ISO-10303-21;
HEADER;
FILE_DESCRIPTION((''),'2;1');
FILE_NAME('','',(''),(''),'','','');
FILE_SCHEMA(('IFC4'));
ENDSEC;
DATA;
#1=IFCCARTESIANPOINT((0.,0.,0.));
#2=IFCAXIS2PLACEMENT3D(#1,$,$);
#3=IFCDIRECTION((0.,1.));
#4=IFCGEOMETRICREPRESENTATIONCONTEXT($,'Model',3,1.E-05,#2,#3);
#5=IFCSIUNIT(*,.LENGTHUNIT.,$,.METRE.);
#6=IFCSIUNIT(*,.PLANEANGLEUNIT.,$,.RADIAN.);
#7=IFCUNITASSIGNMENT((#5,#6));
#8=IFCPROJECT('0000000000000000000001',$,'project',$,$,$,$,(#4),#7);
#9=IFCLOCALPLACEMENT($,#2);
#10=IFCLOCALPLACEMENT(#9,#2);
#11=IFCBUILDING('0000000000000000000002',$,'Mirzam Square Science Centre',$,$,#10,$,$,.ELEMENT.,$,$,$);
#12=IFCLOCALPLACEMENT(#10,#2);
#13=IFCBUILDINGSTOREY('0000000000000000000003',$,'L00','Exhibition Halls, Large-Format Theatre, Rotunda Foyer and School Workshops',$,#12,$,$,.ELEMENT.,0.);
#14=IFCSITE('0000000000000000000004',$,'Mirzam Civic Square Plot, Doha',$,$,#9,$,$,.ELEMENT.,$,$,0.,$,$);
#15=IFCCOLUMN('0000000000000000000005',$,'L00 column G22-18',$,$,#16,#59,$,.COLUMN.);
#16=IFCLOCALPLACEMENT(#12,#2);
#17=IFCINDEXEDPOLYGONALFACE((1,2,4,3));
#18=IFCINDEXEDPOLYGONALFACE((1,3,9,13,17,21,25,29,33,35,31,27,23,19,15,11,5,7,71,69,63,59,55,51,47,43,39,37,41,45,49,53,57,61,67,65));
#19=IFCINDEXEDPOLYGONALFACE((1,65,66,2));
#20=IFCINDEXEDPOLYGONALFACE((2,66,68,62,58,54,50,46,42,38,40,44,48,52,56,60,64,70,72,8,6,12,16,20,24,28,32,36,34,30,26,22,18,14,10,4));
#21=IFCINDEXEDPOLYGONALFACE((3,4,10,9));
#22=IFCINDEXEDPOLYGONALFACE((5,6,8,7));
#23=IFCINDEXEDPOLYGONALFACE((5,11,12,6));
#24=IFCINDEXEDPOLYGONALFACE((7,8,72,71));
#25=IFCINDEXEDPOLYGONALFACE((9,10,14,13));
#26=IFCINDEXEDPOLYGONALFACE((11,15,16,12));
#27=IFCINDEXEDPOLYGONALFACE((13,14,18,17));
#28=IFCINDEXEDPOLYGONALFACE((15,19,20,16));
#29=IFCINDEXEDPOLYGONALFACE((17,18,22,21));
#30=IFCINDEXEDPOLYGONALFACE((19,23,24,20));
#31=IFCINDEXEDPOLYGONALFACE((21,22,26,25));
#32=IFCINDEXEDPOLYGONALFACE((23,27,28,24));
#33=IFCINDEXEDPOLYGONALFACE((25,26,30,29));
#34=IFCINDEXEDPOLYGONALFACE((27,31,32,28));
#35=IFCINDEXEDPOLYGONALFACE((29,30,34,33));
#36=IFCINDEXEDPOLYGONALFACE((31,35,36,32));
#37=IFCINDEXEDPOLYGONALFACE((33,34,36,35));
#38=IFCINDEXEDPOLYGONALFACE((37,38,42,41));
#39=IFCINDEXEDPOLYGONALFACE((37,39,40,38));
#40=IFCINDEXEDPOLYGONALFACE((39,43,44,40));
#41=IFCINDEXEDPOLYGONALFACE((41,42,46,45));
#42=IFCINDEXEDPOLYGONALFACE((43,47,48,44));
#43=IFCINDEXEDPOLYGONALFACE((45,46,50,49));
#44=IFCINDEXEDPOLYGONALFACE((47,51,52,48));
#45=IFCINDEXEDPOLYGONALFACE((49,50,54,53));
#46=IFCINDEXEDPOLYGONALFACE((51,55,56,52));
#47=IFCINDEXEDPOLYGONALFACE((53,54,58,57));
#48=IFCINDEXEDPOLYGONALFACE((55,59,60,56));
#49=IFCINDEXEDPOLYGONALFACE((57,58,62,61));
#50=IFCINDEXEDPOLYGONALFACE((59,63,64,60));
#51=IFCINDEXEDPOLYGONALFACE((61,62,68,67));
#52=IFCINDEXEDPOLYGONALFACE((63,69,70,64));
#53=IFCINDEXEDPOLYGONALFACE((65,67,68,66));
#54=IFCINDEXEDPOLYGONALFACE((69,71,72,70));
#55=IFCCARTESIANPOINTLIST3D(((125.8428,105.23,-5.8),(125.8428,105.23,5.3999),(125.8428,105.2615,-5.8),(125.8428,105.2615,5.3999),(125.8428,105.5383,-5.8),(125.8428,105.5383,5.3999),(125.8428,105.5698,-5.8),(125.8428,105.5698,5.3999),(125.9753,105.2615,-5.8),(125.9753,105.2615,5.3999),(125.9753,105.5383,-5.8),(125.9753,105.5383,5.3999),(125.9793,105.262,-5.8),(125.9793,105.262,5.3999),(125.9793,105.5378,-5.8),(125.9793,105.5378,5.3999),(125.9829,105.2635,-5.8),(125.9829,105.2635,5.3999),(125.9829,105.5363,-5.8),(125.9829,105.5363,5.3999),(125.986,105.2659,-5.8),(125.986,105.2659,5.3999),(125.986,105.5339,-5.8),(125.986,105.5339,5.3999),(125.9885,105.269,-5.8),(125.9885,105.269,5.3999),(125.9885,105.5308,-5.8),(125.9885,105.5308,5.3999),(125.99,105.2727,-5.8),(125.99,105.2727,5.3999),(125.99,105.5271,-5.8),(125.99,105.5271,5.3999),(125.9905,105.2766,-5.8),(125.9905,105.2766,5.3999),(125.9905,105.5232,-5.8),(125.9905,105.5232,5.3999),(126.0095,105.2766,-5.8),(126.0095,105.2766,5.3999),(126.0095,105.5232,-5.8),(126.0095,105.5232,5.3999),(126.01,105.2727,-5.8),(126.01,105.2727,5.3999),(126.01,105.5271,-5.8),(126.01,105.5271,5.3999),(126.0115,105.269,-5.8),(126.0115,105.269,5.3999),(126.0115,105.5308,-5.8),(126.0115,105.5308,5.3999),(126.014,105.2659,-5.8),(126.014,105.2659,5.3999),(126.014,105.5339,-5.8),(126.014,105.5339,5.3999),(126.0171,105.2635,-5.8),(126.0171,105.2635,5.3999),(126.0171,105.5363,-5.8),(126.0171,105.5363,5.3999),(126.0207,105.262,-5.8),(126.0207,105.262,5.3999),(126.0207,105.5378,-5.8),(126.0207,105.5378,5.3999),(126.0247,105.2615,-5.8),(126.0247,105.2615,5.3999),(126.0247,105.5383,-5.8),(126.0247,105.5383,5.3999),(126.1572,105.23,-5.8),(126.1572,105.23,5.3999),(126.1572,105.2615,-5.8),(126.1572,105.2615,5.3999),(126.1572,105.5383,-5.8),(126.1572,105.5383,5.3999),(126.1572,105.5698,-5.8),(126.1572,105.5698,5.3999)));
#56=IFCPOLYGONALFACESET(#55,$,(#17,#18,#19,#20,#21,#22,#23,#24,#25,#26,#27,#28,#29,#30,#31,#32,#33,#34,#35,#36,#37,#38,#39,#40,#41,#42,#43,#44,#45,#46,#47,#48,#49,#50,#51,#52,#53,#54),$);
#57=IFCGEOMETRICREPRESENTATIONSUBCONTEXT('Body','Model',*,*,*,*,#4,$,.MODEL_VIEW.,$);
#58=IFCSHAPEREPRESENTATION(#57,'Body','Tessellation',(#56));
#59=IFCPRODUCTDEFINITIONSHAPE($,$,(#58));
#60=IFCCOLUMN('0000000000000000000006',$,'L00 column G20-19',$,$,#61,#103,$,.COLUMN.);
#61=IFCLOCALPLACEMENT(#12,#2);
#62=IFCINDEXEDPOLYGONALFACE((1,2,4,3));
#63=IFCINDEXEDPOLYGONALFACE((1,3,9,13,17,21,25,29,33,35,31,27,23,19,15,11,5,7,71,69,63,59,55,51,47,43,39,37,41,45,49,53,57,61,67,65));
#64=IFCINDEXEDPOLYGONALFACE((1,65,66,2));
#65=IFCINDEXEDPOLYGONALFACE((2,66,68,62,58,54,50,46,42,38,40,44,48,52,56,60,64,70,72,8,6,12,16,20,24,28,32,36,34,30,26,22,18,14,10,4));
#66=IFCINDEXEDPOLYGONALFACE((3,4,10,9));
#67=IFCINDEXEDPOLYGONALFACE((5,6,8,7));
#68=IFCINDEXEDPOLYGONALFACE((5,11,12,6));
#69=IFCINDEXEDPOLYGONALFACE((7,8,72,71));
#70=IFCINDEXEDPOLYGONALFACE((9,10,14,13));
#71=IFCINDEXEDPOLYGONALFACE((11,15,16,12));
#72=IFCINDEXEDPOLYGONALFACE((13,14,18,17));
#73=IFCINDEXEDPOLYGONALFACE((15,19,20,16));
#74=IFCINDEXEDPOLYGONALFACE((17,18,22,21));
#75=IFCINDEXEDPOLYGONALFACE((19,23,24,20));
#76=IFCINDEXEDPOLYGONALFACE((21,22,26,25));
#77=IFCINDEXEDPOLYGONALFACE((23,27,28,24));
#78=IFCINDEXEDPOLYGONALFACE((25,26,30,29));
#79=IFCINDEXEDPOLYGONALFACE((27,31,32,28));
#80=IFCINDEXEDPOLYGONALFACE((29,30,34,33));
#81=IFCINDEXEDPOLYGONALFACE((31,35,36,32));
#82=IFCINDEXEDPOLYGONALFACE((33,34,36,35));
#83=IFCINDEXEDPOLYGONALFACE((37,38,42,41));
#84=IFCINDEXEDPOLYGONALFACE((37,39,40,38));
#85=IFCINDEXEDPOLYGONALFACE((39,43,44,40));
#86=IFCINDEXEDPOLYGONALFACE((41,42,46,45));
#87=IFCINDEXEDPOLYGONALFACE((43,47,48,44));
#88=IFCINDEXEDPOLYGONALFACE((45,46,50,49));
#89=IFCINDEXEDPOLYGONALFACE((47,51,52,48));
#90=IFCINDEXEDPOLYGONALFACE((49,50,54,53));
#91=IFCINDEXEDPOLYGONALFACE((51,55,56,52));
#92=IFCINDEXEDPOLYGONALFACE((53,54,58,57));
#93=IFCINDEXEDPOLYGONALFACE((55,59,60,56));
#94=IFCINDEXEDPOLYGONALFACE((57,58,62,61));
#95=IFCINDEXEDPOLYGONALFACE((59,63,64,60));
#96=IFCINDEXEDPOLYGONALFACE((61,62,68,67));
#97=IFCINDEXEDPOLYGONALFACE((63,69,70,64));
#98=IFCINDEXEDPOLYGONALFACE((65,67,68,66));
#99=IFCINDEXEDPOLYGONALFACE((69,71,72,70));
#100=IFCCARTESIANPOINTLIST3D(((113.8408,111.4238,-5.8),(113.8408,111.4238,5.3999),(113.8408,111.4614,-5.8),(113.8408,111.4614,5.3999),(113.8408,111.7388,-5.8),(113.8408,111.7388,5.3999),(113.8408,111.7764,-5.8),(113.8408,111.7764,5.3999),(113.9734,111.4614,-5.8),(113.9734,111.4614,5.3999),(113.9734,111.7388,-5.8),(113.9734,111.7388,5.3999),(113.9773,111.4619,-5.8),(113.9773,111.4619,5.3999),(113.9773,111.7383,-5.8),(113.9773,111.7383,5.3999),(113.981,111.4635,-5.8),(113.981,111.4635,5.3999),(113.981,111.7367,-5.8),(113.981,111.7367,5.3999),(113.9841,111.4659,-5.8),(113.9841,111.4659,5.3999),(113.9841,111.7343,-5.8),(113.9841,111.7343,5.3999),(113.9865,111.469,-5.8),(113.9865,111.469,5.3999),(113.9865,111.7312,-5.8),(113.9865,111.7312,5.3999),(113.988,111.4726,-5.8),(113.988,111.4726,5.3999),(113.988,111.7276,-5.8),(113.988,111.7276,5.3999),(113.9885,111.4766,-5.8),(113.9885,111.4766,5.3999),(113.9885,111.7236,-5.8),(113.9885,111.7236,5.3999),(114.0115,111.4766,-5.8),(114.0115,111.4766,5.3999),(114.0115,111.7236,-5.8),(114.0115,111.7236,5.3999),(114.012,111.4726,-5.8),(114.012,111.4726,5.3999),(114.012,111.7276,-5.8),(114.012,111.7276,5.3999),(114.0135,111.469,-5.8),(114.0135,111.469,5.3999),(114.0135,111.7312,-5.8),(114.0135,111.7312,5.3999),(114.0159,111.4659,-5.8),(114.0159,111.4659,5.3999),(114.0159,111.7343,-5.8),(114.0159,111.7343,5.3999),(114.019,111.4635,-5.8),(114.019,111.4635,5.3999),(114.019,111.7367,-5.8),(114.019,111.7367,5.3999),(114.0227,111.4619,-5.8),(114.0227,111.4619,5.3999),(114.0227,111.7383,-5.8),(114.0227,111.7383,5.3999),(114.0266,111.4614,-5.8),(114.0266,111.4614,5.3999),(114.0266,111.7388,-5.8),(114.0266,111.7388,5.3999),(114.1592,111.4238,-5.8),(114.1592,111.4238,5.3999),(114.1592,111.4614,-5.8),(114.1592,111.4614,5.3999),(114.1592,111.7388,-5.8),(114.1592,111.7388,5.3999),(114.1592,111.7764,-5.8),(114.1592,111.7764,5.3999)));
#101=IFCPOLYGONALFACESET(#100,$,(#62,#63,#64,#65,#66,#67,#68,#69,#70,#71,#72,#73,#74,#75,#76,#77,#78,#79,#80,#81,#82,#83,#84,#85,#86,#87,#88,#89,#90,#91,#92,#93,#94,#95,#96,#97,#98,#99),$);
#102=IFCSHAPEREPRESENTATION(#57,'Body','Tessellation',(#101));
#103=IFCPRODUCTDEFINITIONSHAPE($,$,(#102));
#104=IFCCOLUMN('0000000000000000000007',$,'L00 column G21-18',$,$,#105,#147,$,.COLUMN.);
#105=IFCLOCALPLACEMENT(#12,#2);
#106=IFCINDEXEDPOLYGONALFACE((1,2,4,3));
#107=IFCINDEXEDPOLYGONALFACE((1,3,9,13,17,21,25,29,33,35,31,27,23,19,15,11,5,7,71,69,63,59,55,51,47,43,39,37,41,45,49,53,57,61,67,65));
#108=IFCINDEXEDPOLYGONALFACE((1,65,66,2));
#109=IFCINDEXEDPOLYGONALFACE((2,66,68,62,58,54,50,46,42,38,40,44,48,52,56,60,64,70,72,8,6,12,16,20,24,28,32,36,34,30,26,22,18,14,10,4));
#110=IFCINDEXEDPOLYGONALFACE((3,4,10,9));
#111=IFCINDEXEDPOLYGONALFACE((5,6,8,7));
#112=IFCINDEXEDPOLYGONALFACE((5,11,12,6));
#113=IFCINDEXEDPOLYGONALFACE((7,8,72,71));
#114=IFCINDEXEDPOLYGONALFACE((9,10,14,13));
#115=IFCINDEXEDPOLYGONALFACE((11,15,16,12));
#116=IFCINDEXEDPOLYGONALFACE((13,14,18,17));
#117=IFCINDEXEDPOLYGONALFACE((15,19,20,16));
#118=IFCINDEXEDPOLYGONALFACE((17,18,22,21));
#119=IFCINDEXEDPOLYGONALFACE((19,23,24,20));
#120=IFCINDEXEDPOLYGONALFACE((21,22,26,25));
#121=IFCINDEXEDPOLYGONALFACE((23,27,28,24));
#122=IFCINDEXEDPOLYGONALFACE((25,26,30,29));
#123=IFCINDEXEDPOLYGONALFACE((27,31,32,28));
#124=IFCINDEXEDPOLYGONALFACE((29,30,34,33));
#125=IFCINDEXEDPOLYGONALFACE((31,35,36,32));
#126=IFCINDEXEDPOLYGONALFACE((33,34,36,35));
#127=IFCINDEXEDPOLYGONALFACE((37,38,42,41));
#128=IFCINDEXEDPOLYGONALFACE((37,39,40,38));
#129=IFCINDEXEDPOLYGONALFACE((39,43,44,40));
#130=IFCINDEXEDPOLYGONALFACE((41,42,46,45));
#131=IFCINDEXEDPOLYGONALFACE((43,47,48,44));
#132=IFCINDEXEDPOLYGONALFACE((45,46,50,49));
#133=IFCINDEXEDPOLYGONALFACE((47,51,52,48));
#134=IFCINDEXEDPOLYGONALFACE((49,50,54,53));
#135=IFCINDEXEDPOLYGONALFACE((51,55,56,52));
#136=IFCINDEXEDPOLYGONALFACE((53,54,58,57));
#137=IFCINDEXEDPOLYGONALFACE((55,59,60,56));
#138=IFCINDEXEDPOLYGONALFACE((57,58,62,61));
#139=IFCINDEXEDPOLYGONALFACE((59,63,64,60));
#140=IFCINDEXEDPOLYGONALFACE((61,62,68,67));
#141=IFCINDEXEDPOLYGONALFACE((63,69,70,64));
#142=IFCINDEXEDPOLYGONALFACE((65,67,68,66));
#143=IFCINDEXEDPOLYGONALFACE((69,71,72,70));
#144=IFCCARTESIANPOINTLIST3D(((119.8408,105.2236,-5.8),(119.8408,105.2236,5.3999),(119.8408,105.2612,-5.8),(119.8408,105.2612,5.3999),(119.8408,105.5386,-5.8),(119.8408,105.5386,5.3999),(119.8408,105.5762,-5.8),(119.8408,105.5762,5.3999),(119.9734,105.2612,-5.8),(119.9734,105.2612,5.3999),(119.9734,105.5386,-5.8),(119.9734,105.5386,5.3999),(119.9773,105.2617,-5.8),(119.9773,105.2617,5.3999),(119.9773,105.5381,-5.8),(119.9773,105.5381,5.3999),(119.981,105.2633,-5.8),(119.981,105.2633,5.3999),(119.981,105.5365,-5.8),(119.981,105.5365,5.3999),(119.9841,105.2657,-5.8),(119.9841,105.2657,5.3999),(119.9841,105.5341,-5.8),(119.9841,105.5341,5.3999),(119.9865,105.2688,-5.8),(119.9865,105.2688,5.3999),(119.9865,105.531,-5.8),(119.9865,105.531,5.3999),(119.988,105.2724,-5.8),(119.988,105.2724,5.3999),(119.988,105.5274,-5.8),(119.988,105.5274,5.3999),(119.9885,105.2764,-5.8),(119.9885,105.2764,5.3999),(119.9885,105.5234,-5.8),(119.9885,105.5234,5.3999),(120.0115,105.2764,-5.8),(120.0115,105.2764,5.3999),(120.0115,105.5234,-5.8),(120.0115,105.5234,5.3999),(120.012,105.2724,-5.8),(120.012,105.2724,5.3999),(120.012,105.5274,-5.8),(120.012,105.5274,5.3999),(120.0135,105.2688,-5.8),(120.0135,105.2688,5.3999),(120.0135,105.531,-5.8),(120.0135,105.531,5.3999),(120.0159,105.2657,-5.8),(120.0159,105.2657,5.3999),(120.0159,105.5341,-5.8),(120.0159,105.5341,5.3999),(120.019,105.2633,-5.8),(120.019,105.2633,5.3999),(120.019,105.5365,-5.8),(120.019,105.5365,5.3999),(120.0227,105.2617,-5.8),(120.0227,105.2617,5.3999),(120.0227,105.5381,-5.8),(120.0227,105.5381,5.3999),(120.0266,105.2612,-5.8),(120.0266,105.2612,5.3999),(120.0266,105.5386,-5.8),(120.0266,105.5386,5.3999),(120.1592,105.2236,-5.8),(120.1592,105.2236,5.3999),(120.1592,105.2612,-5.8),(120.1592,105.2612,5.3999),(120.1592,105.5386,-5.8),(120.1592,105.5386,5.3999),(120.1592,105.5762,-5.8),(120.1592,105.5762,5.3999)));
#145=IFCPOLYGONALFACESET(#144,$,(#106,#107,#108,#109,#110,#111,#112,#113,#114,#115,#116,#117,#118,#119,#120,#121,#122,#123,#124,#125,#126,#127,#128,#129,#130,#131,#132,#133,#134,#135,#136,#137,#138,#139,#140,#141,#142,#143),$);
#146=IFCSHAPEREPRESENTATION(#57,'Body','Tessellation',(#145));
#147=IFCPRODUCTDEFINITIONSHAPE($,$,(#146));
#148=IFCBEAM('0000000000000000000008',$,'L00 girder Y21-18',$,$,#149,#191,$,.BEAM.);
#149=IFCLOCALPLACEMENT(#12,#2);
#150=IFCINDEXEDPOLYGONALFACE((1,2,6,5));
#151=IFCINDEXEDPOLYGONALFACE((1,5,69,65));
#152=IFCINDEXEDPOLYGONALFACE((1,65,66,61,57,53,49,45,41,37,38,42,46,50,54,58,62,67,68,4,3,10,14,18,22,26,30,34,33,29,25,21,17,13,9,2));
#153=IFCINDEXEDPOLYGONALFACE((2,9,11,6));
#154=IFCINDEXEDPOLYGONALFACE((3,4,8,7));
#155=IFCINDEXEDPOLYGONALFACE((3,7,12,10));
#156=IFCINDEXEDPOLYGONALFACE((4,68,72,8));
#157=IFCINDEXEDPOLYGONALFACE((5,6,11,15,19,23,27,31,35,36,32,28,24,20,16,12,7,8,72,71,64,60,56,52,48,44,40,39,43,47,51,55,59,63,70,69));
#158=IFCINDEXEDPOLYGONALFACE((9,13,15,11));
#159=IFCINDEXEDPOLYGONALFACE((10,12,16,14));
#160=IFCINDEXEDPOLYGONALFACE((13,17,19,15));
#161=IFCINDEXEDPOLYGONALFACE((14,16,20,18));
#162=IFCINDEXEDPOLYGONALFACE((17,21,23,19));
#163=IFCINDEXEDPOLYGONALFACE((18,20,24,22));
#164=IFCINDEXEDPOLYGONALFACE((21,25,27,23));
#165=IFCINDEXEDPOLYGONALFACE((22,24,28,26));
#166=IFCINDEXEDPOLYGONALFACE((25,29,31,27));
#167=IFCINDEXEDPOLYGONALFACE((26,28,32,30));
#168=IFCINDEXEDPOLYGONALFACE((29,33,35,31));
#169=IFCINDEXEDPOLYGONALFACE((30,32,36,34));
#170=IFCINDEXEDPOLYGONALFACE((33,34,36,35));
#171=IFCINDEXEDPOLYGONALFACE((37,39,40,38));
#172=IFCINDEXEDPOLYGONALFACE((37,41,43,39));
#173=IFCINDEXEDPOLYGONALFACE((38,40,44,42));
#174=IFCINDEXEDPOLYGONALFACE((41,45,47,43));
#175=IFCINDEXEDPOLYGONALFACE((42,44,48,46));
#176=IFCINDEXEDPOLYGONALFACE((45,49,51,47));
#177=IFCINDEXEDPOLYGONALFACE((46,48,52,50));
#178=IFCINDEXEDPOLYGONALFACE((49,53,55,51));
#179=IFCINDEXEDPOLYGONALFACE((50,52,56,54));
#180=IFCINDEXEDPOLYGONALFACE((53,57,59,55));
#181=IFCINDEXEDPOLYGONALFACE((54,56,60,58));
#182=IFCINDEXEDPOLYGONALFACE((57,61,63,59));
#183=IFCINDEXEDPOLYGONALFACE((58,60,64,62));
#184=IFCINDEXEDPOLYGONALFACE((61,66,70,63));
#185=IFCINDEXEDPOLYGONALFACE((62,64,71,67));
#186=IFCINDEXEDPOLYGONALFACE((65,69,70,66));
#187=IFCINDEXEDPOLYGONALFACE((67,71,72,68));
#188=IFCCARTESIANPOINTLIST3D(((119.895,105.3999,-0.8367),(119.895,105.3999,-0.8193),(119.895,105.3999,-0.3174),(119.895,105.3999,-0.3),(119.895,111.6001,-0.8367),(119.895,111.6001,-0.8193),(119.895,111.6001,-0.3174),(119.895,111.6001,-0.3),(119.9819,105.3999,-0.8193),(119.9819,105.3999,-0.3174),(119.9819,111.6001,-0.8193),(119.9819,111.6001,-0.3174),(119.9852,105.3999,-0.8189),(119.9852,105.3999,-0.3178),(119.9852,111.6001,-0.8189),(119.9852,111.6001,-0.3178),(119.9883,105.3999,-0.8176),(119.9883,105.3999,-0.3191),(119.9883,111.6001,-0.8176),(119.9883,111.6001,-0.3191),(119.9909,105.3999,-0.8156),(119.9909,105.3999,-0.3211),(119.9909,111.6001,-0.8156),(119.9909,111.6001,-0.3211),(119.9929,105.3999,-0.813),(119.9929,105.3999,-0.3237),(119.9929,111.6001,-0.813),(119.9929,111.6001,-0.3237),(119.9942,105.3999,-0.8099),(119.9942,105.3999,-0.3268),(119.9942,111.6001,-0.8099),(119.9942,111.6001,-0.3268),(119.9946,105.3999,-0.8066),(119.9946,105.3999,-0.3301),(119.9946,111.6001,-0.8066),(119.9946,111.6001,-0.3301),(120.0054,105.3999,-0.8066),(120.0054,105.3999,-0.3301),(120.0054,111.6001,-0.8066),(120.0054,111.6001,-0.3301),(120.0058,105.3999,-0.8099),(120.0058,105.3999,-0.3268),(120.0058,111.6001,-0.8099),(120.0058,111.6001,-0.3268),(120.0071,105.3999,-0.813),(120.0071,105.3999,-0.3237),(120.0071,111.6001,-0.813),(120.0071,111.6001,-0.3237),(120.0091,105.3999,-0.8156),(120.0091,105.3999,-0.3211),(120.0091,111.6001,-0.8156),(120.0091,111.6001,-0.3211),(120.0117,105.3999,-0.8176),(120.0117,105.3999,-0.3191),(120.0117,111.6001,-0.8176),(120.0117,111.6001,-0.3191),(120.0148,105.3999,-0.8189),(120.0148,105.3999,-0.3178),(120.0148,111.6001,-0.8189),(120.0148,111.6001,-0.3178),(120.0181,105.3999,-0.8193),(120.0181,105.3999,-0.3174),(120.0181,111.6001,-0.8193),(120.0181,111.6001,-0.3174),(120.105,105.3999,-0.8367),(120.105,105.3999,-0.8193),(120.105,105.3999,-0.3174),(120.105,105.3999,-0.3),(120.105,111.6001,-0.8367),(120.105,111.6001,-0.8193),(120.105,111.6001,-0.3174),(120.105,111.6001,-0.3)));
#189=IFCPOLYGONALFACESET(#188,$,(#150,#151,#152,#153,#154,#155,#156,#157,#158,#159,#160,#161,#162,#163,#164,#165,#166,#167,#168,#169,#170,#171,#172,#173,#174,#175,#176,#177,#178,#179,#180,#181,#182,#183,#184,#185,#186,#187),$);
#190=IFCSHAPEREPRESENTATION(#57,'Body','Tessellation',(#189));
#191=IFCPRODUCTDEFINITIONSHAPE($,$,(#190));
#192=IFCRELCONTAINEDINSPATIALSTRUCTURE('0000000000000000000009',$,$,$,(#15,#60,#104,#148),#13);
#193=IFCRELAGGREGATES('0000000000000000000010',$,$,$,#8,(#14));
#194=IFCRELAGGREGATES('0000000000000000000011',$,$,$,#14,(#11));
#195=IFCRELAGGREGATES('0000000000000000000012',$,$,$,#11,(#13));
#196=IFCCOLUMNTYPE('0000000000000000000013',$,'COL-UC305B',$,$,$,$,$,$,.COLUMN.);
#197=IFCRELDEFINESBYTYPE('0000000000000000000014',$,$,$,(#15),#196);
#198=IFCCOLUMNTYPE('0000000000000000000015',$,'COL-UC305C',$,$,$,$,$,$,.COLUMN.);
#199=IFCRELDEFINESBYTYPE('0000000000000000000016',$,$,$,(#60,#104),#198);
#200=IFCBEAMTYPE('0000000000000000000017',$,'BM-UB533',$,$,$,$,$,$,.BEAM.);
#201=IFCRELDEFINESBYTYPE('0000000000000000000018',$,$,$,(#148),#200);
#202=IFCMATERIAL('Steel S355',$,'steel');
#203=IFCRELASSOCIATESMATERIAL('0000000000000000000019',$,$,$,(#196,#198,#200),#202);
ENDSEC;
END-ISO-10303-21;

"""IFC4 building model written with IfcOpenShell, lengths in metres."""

from ifc_helpers import new_model, si_unit, direction, frame, origin, origin_2d, place, context, subcontext, project, spatial, i_section, extrude, material, material_profile, profile_set, type_object, element, save


model = new_model("IFC4")

# Units and contexts
model_context = context("Model", 3, precision=1e-05, world=origin(), true_north=direction((0.0, 1.0)))
body_context = subcontext(model_context, "Body", "Model", "MODEL_VIEW")
ifc_project = project(units=[si_unit("LENGTHUNIT", "METRE"), si_unit("PLANEANGLEUNIT", "RADIAN")], contexts=[model_context])

# Site, building, storey
site_placement = place(None, origin())
site = spatial("IfcSite", under=ifc_project, at=site_placement, Name="Mirzam Civic Square Plot, Doha", CompositionType="ELEMENT", RefElevation=0.0)
building_placement = place(site_placement, origin())
building = spatial("IfcBuilding", under=site, at=building_placement, Name="Mirzam Square Science Centre", CompositionType="ELEMENT")
storey_placement = place(building_placement, origin())
storey = spatial("IfcBuildingStorey", under=building, at=storey_placement, Name="L00", Description="Exhibition Halls, Large-Format Theatre, Rotunda Foyer and School Workshops", CompositionType="ELEMENT", Elevation=0.0)

# Columns
ifc_material_1 = material(Name="Steel S355", Category="steel")
ifc_material_profile_1 = material_profile(ifc_material_1, i_section(OverallWidth=0.3145, OverallDepth=0.3398, WebThickness=0.019, FlangeThickness=0.0315, FilletRadius=0.0151, at=origin_2d()), Name="305x305x198UC")
ifc_profile_set_1 = profile_set([ifc_material_profile_1], Name="Steel S355")
column_type_1 = type_object("IfcColumnType", Name="COL-UC305B", PredefinedType="COLUMN", material=ifc_profile_set_1)
column_placement = place(storey_placement, frame((126.0, 105.3999, -5.8), z_axis=(0.0, 0.0, 1.0), x_axis=(1.0, 0.0, 0.0)))
element("IfcColumn", 1, at=column_placement, inside=storey, type_object=column_type_1, Name="L00 column G22-18", PredefinedType="COLUMN", context=body_context, shape_type="SweptSolid", body=[
    extrude(i_section(OverallWidth=0.3145, OverallDepth=0.3398, WebThickness=0.019, FlangeThickness=0.0315, FilletRadius=0.0151, at=origin_2d()), origin(), (0.0, 0.0, 1.0), 11.2),
])
ifc_material_profile_2 = material_profile(ifc_material_1, i_section(OverallWidth=0.3184, OverallDepth=0.3525, WebThickness=0.0229, FlangeThickness=0.0376, FilletRadius=0.0151, at=origin_2d()), Name="305x305x240UC")
ifc_profile_set_2 = profile_set([ifc_material_profile_2], Name="Steel S355")
column_type_2 = type_object("IfcColumnType", Name="COL-UC305C", PredefinedType="COLUMN", material=ifc_profile_set_2)
for number, where, z_axis, x_axis, name in (
    (2, (114.0, 111.6001, -5.8), (0.0, 0.0, 1.0), (1.0, 0.0, 0.0), "L00 column G20-19"),
    (3, (120.0, 105.3999, -5.8), (0.0, 0.0, 1.0), (1.0, 0.0, 0.0), "L00 column G21-18"),
):
    element("IfcColumn", number, at=place(storey_placement, frame(where, z_axis=z_axis, x_axis=x_axis)), inside=storey, type_object=column_type_2, Name=name, PredefinedType="COLUMN", context=body_context, shape_type="SweptSolid", body=[
        extrude(i_section(OverallWidth=0.3184, OverallDepth=0.3525, WebThickness=0.0229, FlangeThickness=0.0376, FilletRadius=0.0151, at=origin_2d()), origin(), (0.0, 0.0, 1.0), 11.2),
    ])

# Beam
ifc_material_profile_3 = material_profile(ifc_material_1, i_section(OverallWidth=0.21, OverallDepth=0.5366, WebThickness=0.0107, FlangeThickness=0.0173, FilletRadius=0.0127, at=origin_2d()), Name="533x210x101UB")
ifc_profile_set_3 = profile_set([ifc_material_profile_3], Name="Steel S355")
beam_type_1 = type_object("IfcBeamType", Name="BM-UB533", PredefinedType="BEAM", material=ifc_profile_set_3)
beam_1_placement = place(storey_placement, frame((120.0, 105.3999, -0.5684), z_axis=(0.0, 1.0, 0.0), x_axis=(-1.0, 0.0, 0.0)))
element("IfcBeam", 4, at=beam_1_placement, inside=storey, type_object=beam_type_1, Name="L00 girder Y21-18", PredefinedType="BEAM", context=body_context, shape_type="SweptSolid", body=[
    extrude(i_section(OverallWidth=0.21, OverallDepth=0.5366, WebThickness=0.0107, FlangeThickness=0.0173, FilletRadius=0.0127, at=origin_2d()), origin(), (0.0, 0.0, 1.0), 6.2002),
])

save(model, "model.ifc")
